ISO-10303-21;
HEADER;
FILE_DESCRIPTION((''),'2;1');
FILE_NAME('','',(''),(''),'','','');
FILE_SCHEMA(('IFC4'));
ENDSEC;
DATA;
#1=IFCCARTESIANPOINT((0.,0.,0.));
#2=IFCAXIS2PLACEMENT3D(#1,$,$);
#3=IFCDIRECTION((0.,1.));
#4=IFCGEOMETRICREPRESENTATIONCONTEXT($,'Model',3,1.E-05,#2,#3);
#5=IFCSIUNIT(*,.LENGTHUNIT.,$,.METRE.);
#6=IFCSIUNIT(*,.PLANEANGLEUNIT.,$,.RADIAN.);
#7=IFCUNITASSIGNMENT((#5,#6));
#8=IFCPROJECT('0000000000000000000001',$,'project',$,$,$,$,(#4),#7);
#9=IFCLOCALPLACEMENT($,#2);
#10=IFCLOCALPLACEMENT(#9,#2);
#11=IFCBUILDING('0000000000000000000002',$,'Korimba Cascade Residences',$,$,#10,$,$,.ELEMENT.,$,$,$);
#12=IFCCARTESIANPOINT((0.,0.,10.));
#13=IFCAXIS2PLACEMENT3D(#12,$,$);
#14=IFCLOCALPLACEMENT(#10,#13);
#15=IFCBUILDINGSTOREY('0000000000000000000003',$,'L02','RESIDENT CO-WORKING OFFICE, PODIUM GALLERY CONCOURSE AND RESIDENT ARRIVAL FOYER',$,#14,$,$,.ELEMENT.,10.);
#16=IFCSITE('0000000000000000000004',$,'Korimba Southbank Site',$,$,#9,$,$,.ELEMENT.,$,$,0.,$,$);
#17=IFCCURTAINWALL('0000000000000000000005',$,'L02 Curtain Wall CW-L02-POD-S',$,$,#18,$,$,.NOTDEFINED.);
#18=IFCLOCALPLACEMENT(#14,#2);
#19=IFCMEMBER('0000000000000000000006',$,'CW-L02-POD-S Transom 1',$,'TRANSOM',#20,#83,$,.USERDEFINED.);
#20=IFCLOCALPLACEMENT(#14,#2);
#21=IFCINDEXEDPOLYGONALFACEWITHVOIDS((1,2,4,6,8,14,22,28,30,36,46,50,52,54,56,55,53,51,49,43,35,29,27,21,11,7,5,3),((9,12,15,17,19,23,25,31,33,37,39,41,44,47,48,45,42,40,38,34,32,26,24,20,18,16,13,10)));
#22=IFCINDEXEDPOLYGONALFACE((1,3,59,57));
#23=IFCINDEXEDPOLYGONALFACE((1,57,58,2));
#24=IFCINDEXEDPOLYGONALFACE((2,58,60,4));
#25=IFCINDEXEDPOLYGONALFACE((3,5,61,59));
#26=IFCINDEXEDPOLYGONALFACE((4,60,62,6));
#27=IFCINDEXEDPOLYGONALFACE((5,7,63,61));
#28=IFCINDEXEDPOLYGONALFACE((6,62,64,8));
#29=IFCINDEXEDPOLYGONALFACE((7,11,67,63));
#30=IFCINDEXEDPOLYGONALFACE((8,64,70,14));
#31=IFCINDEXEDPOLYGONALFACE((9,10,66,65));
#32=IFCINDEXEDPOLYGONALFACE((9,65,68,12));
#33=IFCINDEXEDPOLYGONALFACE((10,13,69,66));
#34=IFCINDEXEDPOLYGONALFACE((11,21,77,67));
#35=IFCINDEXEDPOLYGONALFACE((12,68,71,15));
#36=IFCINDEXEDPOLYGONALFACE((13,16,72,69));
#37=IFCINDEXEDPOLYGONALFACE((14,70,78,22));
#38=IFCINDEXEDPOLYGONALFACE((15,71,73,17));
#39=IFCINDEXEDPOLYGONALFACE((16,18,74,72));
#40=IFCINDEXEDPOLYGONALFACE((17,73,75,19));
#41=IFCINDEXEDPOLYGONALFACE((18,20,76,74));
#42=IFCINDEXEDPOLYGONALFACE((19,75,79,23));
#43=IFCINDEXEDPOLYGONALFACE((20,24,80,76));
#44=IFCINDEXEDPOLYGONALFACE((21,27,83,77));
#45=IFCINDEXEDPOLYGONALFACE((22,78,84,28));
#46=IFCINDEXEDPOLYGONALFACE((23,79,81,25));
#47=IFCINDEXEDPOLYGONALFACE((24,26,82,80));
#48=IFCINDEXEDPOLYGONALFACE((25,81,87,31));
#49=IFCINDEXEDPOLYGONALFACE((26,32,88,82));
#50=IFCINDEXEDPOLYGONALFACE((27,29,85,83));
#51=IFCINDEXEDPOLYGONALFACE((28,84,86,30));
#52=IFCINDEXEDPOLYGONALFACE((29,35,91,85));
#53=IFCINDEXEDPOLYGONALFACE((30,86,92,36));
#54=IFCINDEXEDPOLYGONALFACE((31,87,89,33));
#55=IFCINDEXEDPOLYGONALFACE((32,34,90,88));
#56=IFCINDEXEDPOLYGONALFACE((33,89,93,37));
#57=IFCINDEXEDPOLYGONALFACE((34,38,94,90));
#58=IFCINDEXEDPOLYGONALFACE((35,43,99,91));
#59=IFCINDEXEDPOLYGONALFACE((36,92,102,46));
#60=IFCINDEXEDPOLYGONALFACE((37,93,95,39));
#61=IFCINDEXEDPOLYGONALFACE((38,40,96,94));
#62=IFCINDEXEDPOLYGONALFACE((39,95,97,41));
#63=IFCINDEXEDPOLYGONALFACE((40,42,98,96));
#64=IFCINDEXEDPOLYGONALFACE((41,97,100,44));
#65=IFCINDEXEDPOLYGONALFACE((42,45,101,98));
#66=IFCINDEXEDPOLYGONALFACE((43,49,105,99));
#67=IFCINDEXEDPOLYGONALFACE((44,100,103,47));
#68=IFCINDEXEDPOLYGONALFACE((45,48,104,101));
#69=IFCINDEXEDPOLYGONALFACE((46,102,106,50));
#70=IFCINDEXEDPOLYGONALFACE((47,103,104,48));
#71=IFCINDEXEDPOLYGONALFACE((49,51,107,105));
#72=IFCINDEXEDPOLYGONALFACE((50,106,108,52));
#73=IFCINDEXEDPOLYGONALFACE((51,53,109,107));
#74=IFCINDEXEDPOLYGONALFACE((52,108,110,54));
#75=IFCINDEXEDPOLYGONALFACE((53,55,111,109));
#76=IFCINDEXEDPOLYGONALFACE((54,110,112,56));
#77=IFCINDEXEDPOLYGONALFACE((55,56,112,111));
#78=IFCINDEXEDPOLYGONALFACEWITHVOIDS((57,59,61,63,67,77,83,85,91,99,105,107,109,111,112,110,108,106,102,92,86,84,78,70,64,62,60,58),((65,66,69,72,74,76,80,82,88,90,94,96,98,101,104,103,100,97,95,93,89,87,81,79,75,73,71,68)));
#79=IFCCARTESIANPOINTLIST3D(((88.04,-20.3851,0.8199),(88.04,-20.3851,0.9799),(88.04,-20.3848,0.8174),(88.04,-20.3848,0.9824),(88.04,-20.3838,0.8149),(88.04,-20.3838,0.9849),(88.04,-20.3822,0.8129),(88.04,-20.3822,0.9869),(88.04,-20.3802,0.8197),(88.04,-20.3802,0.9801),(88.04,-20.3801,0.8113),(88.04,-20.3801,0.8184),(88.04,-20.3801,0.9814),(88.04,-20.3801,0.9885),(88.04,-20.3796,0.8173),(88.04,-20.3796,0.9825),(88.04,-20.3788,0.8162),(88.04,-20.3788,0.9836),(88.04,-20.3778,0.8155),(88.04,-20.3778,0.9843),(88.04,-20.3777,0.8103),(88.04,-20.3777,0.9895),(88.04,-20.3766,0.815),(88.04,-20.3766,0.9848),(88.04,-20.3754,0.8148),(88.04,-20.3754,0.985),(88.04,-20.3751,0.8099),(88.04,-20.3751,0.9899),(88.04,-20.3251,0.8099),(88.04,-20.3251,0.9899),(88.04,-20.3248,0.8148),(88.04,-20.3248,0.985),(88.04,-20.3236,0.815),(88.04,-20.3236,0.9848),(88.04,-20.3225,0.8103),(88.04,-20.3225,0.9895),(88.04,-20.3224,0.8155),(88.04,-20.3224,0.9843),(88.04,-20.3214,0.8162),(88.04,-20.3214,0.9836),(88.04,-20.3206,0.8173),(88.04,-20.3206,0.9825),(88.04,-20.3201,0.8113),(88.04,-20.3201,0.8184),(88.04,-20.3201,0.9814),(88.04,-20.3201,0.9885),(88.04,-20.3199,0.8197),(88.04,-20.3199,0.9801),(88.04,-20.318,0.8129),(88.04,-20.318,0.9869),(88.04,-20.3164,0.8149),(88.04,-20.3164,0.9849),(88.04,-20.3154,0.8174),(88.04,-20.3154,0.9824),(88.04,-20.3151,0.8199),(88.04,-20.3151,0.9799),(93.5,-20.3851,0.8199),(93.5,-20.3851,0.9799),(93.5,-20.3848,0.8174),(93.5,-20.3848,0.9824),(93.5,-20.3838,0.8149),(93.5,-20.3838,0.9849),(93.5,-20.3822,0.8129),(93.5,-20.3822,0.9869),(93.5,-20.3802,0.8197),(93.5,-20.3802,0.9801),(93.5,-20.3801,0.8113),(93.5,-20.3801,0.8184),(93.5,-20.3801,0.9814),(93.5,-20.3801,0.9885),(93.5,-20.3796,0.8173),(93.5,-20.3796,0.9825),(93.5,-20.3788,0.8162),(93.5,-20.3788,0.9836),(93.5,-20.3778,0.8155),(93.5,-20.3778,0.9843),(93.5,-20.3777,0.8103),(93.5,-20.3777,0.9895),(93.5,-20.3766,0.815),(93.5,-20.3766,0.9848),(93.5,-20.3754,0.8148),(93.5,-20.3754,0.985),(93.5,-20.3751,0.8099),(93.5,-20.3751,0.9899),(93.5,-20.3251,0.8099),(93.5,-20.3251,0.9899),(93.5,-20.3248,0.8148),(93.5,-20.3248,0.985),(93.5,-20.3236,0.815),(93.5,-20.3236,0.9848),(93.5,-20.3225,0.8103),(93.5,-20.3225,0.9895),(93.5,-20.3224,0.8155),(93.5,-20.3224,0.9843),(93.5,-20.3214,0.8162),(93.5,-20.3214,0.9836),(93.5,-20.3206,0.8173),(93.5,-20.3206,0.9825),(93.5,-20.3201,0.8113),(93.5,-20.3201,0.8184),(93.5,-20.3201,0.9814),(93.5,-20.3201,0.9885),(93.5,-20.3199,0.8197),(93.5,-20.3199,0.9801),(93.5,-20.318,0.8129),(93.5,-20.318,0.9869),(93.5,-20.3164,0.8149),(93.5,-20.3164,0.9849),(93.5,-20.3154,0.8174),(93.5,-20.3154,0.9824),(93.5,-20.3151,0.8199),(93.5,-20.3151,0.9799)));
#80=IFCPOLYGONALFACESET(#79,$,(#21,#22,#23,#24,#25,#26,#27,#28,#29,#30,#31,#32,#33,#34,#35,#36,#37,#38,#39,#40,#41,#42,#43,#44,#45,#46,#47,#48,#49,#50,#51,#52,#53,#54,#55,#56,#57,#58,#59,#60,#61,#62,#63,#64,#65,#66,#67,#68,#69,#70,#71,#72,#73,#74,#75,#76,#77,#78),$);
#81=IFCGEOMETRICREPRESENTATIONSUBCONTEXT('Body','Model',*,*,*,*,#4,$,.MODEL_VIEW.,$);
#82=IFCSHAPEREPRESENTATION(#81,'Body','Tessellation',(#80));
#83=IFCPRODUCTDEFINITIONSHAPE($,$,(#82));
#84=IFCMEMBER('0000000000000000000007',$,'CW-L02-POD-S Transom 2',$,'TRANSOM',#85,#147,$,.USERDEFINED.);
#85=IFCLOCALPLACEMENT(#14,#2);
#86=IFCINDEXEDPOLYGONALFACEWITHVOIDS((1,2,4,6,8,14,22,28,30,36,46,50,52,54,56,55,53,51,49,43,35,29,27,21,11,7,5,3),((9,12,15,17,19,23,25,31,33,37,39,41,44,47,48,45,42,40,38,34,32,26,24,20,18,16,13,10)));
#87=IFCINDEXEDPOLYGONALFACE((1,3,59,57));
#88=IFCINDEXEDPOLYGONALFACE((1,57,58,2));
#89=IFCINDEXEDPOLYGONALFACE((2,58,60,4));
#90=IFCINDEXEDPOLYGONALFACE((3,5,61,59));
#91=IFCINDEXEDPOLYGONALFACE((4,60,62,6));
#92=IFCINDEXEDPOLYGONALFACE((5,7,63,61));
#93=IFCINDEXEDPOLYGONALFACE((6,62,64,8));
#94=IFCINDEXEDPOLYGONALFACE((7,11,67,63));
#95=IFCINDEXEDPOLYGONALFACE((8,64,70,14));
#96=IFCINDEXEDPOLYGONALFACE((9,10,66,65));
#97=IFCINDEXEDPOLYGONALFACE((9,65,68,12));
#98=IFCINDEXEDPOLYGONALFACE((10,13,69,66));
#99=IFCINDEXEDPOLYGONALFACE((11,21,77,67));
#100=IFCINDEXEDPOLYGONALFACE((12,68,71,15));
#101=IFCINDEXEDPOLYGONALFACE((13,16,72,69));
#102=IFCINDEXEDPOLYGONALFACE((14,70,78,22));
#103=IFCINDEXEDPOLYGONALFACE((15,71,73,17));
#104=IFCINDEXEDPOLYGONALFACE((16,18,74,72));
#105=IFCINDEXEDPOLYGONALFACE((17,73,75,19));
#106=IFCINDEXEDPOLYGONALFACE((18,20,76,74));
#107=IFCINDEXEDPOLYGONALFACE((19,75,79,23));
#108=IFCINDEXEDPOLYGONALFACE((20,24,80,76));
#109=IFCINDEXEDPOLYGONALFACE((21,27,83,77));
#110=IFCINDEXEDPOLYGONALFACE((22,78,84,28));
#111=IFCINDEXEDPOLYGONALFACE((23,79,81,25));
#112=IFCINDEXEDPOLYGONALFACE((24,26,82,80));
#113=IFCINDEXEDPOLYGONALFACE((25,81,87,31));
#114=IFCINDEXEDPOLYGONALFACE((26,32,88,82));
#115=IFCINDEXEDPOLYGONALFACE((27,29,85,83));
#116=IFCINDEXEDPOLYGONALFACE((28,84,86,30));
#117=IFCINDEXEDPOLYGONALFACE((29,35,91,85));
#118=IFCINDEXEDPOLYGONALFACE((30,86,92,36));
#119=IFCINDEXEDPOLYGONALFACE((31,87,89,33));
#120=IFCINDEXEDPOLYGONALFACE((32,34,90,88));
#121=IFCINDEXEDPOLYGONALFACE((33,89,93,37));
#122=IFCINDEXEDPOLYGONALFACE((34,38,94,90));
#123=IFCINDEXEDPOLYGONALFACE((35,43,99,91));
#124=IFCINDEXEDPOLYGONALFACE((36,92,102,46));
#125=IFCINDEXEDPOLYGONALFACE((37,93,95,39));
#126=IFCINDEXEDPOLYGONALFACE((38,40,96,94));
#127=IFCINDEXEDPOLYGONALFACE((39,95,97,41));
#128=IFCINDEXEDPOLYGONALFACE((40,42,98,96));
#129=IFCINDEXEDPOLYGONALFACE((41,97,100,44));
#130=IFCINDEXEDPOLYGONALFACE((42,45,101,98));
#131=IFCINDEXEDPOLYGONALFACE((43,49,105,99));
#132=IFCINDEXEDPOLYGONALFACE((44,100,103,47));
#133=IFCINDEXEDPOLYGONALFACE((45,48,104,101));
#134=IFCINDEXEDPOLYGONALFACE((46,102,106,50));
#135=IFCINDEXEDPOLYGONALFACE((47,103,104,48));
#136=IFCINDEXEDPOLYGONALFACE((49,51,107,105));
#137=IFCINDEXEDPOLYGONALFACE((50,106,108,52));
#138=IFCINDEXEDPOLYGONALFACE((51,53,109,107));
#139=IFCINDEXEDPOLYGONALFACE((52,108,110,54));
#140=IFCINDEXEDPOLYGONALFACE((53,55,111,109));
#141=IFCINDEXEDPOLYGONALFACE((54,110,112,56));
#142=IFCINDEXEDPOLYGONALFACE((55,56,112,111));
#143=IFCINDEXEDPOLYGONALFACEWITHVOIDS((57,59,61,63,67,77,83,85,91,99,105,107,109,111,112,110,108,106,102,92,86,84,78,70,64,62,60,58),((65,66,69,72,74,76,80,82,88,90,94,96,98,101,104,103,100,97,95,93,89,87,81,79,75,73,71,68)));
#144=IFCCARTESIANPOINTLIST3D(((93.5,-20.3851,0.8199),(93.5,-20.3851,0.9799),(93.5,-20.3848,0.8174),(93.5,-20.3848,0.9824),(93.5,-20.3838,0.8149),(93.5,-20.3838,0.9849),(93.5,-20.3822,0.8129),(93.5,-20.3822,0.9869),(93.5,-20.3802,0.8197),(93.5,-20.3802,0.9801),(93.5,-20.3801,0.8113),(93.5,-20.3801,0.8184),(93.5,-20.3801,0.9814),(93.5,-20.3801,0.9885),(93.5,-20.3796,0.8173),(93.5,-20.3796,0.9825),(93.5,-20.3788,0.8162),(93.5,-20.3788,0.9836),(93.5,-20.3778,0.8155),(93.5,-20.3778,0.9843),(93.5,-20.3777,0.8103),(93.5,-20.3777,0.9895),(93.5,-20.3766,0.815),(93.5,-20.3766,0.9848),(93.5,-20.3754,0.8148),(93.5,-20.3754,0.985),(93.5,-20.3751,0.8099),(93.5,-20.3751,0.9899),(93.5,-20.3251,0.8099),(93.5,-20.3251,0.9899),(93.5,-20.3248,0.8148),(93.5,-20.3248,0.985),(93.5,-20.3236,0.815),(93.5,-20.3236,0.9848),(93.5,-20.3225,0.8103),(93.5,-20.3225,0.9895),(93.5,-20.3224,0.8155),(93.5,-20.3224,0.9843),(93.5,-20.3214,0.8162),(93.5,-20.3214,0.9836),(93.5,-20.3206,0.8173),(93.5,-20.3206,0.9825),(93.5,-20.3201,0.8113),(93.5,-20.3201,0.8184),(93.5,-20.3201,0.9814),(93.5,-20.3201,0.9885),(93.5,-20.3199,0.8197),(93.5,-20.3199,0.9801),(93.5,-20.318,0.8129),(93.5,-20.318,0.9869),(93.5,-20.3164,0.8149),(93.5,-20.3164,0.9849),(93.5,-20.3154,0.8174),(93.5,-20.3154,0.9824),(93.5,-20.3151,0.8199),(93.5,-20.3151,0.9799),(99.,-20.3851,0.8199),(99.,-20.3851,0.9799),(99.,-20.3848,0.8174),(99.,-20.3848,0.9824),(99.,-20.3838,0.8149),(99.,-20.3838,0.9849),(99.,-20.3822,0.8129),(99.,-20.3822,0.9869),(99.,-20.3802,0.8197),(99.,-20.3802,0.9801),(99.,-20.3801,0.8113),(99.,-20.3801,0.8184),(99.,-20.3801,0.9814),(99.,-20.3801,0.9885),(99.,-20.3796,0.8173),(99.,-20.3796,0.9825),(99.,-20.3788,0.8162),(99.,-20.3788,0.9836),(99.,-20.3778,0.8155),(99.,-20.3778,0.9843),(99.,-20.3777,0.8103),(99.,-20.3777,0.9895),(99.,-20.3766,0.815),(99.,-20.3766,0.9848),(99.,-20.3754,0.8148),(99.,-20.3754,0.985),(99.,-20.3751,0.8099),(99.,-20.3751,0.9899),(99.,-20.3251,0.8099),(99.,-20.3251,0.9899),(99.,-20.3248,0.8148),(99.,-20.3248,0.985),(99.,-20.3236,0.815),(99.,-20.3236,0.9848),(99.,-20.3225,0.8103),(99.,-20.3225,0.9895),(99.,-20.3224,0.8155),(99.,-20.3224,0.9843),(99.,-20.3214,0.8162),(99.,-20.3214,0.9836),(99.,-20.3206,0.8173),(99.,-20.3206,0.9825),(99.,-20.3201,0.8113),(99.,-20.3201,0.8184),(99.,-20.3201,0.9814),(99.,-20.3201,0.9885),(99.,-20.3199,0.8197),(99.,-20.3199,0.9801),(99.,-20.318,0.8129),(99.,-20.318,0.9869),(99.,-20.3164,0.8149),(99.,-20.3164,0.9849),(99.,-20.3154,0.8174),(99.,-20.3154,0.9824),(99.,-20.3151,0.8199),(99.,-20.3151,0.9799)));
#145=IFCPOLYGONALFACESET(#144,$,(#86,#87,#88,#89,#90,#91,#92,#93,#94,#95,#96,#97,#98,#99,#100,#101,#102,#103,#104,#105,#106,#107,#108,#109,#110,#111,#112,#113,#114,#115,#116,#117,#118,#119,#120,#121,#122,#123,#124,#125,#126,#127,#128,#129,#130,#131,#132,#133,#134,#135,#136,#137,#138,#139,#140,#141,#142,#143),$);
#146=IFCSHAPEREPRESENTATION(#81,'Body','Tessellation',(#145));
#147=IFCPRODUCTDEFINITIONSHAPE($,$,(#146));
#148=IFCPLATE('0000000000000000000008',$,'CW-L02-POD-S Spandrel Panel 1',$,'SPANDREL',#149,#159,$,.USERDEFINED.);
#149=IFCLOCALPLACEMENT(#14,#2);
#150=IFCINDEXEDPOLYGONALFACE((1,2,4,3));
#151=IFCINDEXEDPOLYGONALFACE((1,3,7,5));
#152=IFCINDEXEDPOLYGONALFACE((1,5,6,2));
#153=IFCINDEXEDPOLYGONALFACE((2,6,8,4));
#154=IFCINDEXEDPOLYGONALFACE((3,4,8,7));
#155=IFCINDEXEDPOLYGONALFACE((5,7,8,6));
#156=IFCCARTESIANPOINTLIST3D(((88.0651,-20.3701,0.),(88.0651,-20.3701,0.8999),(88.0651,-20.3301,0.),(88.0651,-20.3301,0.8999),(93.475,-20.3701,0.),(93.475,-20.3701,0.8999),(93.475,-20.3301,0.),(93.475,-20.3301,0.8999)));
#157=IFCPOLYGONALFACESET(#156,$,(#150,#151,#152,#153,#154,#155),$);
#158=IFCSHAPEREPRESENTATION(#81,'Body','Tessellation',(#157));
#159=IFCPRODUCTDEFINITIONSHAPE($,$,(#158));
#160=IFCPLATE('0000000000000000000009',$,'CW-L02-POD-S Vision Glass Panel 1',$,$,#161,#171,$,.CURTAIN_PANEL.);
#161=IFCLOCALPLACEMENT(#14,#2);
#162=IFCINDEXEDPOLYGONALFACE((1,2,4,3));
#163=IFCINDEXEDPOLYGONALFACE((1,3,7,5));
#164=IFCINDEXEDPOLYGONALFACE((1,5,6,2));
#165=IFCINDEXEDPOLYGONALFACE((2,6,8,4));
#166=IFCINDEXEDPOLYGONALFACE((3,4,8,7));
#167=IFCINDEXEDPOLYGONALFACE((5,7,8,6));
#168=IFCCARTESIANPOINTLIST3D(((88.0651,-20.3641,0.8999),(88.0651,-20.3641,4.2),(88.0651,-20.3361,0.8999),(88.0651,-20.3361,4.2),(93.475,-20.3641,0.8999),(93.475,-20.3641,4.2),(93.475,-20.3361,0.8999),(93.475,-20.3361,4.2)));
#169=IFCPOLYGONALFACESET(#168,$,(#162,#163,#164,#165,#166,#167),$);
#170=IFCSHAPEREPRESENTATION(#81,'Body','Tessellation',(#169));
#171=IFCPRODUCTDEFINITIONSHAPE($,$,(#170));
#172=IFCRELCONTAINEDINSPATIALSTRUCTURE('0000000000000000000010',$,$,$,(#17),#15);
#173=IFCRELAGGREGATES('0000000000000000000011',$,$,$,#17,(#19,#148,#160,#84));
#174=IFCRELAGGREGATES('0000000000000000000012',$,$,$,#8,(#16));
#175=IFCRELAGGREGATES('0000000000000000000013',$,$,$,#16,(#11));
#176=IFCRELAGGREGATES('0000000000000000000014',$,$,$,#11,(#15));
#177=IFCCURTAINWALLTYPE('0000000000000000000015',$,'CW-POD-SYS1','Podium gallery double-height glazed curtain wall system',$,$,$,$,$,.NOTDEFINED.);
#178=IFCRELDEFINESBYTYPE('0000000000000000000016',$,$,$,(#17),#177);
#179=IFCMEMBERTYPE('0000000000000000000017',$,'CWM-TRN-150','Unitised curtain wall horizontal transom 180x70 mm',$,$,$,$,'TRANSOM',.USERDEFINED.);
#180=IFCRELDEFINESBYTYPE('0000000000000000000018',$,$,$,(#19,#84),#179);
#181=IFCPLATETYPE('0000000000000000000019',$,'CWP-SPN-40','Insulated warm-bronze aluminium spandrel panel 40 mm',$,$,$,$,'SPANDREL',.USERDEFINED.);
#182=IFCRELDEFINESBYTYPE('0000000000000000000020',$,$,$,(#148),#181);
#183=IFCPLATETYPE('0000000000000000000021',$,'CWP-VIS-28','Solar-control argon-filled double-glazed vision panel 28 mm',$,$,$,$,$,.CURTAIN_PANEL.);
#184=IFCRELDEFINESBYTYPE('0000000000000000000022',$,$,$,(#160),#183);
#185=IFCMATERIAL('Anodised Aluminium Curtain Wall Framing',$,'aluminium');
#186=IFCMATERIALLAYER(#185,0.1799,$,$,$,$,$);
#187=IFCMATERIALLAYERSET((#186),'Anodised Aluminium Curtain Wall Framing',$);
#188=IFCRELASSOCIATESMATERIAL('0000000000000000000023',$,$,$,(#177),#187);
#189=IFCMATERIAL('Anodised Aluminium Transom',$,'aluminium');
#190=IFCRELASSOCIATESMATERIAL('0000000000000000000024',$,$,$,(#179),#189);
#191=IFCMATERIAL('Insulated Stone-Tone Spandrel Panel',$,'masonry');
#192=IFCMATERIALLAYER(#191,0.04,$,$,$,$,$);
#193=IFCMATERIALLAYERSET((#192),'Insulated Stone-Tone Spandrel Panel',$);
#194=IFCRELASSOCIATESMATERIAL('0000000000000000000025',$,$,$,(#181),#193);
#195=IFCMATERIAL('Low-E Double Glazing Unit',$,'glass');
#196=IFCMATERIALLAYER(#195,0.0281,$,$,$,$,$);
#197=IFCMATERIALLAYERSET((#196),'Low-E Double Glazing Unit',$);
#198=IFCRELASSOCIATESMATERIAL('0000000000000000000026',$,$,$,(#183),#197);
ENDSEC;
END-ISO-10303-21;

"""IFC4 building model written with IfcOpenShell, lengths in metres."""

from ifc_helpers import new_model, si_unit, direction, frame, origin, origin_2d, place, context, subcontext, project, spatial, rectangle, hollow_rectangle, extrude, material, layer, layer_set, material_profile, profile_set, type_object, element, aggregate, save


model = new_model("IFC4")

# Units and contexts
model_context = context("Model", 3, precision=1e-05, world=origin(), true_north=direction((0.0, 1.0)))
body_context = subcontext(model_context, "Body", "Model", "MODEL_VIEW")
ifc_project = project(units=[si_unit("LENGTHUNIT", "METRE"), si_unit("PLANEANGLEUNIT", "RADIAN")], contexts=[model_context])

# Site, building, storey
site_placement = place(None, origin())
site = spatial("IfcSite", under=ifc_project, at=site_placement, Name="Korimba Southbank Site", CompositionType="ELEMENT", RefElevation=0.0)
building_placement = place(site_placement, origin())
building = spatial("IfcBuilding", under=site, at=building_placement, Name="Korimba Cascade Residences", CompositionType="ELEMENT")
storey_placement = place(building_placement, frame((0.0, 0.0, 10.0)))
storey = spatial("IfcBuildingStorey", under=building, at=storey_placement, Name="L02", Description="RESIDENT CO-WORKING OFFICE, PODIUM GALLERY CONCOURSE AND RESIDENT ARRIVAL FOYER", CompositionType="ELEMENT", Elevation=10.0)

# Curtain wall, members, plates
ifc_material_1 = material(Name="Anodised Aluminium Curtain Wall Framing", Category="aluminium")
ifc_layer_1 = layer(ifc_material_1, 0.1799)
ifc_layer_set_1 = layer_set([ifc_layer_1], Name="Anodised Aluminium Curtain Wall Framing")
curtain_wall_type = type_object("IfcCurtainWallType", Name="CW-POD-SYS1", Description="Podium gallery double-height glazed curtain wall system", PredefinedType="NOTDEFINED", material=ifc_layer_set_1)
curtain_wall_placement = place(storey_placement, origin())
curtain_wall = element("IfcCurtainWall", 1, at=curtain_wall_placement, inside=storey, type_object=curtain_wall_type, Name="L02 Curtain Wall CW-L02-POD-S", PredefinedType="NOTDEFINED")
ifc_material_2 = material(Name="Anodised Aluminium Transom", Category="aluminium")
ifc_material_profile_1 = material_profile(ifc_material_2, hollow_rectangle(XDim=0.0701, YDim=0.1799, WallThickness=0.0049, InnerFilletRadius=0.0049, OuterFilletRadius=0.01, at=origin_2d()), Name="Anodised Aluminium Transom")
ifc_profile_set_1 = profile_set([ifc_material_profile_1], Name="Anodised Aluminium Transom")
member_type_1 = type_object("IfcMemberType", Name="CWM-TRN-150", Description="Unitised curtain wall horizontal transom 180x70 mm", ElementType="TRANSOM", PredefinedType="USERDEFINED", material=ifc_profile_set_1)
member_1_placement = place(storey_placement, frame((88.04, -20.3501, 0.8999), z_axis=(1.0, 0.0, 0.0), x_axis=(0.0, 1.0, 0.0)))
member_1 = element("IfcMember", 2, at=member_1_placement, type_object=member_type_1, Name="CW-L02-POD-S Transom 1", ObjectType="TRANSOM", PredefinedType="USERDEFINED", context=body_context, shape_type="SweptSolid", body=[
    extrude(hollow_rectangle(XDim=0.0701, YDim=0.1799, WallThickness=0.0049, InnerFilletRadius=0.0049, OuterFilletRadius=0.01, at=origin_2d()), origin(), (0.0, 0.0, 1.0), 5.46),
])
member_2_placement = place(storey_placement, frame((93.5, -20.3501, 0.8999), z_axis=(1.0, 0.0, 0.0), x_axis=(0.0, 1.0, 0.0)))
member_2 = element("IfcMember", 3, at=member_2_placement, type_object=member_type_1, Name="CW-L02-POD-S Transom 2", ObjectType="TRANSOM", PredefinedType="USERDEFINED", context=body_context, shape_type="SweptSolid", body=[
    extrude(hollow_rectangle(XDim=0.0701, YDim=0.1799, WallThickness=0.0049, InnerFilletRadius=0.0049, OuterFilletRadius=0.01, at=origin_2d()), origin(), (0.0, 0.0, 1.0), 5.5),
])
ifc_material_3 = material(Name="Insulated Stone-Tone Spandrel Panel", Category="masonry")
ifc_layer_2 = layer(ifc_material_3, 0.04)
ifc_layer_set_2 = layer_set([ifc_layer_2], Name="Insulated Stone-Tone Spandrel Panel")
plate_type_1 = type_object("IfcPlateType", Name="CWP-SPN-40", Description="Insulated warm-bronze aluminium spandrel panel 40 mm", ElementType="SPANDREL", PredefinedType="USERDEFINED", material=ifc_layer_set_2)
plate_1_placement = place(storey_placement, frame((90.77, -20.3501, 0.0), z_axis=(0.0, 0.0, 1.0), x_axis=(1.0, 0.0, 0.0)))
plate_1 = element("IfcPlate", 4, at=plate_1_placement, type_object=plate_type_1, Name="CW-L02-POD-S Spandrel Panel 1", ObjectType="SPANDREL", PredefinedType="USERDEFINED", context=body_context, shape_type="SweptSolid", body=[
    extrude(rectangle(XDim=5.4099, YDim=0.04, at=origin_2d()), origin(), (0.0, 0.0, 1.0), 0.8999),
])
ifc_material_4 = material(Name="Low-E Double Glazing Unit", Category="glass")
ifc_layer_3 = layer(ifc_material_4, 0.0281)
ifc_layer_set_3 = layer_set([ifc_layer_3], Name="Low-E Double Glazing Unit")
plate_type_2 = type_object("IfcPlateType", Name="CWP-VIS-28", Description="Solar-control argon-filled double-glazed vision panel 28 mm", PredefinedType="CURTAIN_PANEL", material=ifc_layer_set_3)
plate_2_placement = place(storey_placement, frame((90.77, -20.3501, 0.8999), z_axis=(0.0, 0.0, 1.0), x_axis=(1.0, 0.0, 0.0)))
plate_2 = element("IfcPlate", 5, at=plate_2_placement, type_object=plate_type_2, Name="CW-L02-POD-S Vision Glass Panel 1", PredefinedType="CURTAIN_PANEL", context=body_context, shape_type="SweptSolid", body=[
    extrude(rectangle(XDim=5.4099, YDim=0.0281, at=origin_2d()), origin(), (0.0, 0.0, 1.0), 3.3),
])
aggregate(curtain_wall, [member_1, plate_1, plate_2, member_2])

save(model, "model.ifc")
